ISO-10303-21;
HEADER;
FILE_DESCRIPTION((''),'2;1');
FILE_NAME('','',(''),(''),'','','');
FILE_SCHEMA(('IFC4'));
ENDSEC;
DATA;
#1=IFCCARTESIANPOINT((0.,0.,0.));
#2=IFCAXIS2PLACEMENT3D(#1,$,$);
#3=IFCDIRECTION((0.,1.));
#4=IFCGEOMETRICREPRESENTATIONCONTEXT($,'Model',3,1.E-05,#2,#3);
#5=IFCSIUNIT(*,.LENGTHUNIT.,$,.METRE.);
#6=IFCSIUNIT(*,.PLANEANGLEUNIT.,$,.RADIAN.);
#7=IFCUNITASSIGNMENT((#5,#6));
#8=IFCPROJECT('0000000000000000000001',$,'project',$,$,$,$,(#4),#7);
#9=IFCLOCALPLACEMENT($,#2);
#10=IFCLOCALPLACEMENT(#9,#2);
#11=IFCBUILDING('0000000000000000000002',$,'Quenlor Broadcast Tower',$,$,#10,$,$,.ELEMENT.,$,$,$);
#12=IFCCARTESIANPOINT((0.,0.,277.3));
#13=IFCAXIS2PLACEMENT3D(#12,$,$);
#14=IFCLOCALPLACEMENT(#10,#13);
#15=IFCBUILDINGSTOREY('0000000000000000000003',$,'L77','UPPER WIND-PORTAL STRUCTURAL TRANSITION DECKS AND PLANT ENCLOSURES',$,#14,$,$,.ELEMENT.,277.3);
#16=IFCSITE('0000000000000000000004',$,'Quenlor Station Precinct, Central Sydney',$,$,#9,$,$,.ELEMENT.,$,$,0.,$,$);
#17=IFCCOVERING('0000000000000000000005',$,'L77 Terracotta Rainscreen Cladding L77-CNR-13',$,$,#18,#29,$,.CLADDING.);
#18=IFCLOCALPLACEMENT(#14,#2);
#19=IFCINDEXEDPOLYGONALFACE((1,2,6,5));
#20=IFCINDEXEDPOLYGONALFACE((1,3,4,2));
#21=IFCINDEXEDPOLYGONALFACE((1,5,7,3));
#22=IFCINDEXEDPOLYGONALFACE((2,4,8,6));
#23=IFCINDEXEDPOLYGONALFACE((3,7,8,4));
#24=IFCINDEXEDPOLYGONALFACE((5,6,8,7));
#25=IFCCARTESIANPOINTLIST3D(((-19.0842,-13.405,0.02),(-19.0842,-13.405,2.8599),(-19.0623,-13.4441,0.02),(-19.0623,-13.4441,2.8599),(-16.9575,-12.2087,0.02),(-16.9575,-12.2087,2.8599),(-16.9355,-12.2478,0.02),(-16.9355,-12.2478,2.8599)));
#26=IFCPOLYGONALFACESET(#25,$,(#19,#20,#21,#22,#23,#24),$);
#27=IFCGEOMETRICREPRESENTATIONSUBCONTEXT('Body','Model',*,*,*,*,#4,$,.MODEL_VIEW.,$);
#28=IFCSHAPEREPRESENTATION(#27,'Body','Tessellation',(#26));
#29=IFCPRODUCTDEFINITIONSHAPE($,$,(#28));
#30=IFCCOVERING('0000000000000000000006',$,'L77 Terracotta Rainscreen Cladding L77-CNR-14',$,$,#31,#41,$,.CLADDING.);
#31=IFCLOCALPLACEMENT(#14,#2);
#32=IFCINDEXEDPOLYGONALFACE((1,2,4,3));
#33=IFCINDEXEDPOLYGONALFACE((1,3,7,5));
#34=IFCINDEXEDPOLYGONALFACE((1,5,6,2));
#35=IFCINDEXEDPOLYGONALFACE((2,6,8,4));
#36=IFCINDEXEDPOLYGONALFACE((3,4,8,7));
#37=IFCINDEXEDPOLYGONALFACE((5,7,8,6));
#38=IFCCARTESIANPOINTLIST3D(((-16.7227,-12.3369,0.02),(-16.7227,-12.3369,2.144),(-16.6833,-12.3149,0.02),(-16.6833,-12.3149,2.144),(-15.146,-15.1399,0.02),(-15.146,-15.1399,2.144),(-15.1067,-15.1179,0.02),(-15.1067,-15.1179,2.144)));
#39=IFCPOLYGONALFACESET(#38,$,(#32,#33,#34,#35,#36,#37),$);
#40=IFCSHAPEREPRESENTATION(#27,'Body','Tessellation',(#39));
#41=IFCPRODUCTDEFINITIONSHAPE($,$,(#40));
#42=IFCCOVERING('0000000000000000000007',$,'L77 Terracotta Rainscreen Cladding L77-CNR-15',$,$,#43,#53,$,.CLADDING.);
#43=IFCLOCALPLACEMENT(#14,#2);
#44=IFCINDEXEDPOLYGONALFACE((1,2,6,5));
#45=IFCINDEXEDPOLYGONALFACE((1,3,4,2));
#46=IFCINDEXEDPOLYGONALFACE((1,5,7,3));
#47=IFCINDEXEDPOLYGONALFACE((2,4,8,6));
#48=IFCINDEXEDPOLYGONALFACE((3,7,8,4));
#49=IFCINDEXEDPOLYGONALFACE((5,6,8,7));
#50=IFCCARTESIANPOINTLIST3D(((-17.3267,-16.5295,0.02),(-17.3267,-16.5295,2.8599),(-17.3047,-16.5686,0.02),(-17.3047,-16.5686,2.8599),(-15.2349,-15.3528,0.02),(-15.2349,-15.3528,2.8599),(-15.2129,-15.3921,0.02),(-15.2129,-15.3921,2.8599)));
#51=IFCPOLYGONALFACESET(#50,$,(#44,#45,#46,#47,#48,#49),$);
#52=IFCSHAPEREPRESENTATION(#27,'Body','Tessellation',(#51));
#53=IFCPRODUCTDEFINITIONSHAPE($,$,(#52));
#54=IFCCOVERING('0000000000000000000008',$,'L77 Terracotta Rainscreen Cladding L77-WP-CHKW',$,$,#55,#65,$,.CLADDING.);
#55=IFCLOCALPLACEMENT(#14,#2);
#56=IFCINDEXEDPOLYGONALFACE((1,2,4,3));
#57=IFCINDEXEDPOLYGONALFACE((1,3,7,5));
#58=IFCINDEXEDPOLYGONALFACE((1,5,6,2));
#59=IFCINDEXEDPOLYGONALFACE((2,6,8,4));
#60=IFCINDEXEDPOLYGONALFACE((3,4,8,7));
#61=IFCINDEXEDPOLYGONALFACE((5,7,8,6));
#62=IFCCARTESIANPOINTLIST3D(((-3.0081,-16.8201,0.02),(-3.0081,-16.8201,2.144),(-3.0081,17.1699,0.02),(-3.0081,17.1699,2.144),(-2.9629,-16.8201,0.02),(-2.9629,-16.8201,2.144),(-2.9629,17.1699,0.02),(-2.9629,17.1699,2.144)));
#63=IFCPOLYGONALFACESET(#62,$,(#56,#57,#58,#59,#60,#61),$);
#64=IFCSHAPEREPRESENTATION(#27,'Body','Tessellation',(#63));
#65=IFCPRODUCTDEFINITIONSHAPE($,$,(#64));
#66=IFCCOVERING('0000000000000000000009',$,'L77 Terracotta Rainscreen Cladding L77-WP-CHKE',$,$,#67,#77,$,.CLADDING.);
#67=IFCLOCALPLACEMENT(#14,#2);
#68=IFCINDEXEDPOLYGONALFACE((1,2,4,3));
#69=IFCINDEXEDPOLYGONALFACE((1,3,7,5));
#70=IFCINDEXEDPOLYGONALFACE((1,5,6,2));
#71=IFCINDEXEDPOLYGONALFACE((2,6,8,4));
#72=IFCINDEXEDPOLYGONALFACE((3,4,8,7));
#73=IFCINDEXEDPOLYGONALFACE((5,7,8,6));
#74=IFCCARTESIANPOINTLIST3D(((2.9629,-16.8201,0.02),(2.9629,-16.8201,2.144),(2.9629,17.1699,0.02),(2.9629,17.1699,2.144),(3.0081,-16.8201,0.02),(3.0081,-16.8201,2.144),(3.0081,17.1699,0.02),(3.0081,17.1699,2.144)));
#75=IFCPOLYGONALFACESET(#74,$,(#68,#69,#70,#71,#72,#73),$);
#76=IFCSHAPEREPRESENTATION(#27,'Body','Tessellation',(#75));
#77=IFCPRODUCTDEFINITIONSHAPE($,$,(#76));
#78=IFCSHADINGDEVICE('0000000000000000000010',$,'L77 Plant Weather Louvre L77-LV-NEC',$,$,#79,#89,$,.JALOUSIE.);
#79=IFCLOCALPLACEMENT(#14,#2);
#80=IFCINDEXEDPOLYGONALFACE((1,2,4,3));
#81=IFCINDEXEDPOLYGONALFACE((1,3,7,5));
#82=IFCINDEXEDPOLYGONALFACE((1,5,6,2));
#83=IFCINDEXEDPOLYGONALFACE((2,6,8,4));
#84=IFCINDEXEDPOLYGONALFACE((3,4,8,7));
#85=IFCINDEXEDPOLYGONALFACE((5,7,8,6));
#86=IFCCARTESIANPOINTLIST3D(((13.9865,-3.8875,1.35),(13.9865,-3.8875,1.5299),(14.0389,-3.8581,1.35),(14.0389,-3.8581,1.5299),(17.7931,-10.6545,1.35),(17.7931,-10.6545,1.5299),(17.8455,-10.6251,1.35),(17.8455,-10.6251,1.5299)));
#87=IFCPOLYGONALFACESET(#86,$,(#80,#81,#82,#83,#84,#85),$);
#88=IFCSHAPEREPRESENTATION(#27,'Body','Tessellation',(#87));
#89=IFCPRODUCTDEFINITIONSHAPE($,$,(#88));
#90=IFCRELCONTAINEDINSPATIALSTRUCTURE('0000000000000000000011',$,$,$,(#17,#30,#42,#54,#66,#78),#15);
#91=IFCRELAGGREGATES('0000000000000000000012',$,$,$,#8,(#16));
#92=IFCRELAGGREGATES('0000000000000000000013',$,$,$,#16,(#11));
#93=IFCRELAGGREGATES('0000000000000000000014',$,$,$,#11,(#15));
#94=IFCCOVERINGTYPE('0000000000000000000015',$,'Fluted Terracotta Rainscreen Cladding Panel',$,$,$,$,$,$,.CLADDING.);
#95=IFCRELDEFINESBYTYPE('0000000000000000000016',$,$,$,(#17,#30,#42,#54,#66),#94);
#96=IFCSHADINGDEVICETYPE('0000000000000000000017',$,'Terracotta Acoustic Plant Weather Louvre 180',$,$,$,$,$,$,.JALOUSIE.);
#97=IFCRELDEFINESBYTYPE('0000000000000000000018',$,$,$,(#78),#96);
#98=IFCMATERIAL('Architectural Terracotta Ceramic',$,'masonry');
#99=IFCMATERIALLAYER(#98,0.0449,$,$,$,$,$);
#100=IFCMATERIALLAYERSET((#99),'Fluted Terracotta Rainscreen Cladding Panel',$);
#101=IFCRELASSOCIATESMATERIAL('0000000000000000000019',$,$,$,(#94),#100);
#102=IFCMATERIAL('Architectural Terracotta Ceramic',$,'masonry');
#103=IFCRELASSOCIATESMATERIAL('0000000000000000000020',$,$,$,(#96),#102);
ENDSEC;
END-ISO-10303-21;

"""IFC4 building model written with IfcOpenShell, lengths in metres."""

from ifc_helpers import new_model, si_unit, direction, frame, origin, origin_2d, place, context, subcontext, project, spatial, polyline, rectangle, outline, extrude, material, layer, layer_set, material_profile, profile_set, type_object, element, save


model = new_model("IFC4")

# Units and contexts
model_context = context("Model", 3, precision=1e-05, world=origin(), true_north=direction((0.0, 1.0)))
body_context = subcontext(model_context, "Body", "Model", "MODEL_VIEW")
ifc_project = project(units=[si_unit("LENGTHUNIT", "METRE"), si_unit("PLANEANGLEUNIT", "RADIAN")], contexts=[model_context])

# Site, building, storey
site_placement = place(None, origin())
site = spatial("IfcSite", under=ifc_project, at=site_placement, Name="Quenlor Station Precinct, Central Sydney", CompositionType="ELEMENT", RefElevation=0.0)
building_placement = place(site_placement, origin())
building = spatial("IfcBuilding", under=site, at=building_placement, Name="Quenlor Broadcast Tower", CompositionType="ELEMENT")
storey_placement = place(building_placement, frame((0.0, 0.0, 277.3)))
storey = spatial("IfcBuildingStorey", under=building, at=storey_placement, Name="L77", Description="UPPER WIND-PORTAL STRUCTURAL TRANSITION DECKS AND PLANT ENCLOSURES", CompositionType="ELEMENT", Elevation=277.3)

# Coverings
ifc_material_1 = material(Name="Architectural Terracotta Ceramic", Category="masonry")
ifc_layer_1 = layer(ifc_material_1, 0.0449)
ifc_layer_set_1 = layer_set([ifc_layer_1], Name="Fluted Terracotta Rainscreen Cladding Panel")
covering_type = type_object("IfcCoveringType", Name="Fluted Terracotta Rainscreen Cladding Panel", PredefinedType="CLADDING", material=ifc_layer_set_1)
covering_1_placement = place(storey_placement, frame((0.0, 0.0, 0.02)))
element("IfcCovering", 1, at=covering_1_placement, inside=storey, type_object=covering_type, Name="L77 Terracotta Rainscreen Cladding L77-CNR-13", PredefinedType="CLADDING", context=body_context, shape_type="SweptSolid", body=[
    extrude(outline(polyline([(-19.0623, -13.4441), (-16.9355, -12.2478), (-16.9575, -12.2087), (-19.0842, -13.405), (-19.0623, -13.4441)])), origin(), (0.0, 0.0, 1.0), 2.8398),
])
covering_2_placement = place(storey_placement, frame((0.0, 0.0, 0.02)))
element("IfcCovering", 2, at=covering_2_placement, inside=storey, type_object=covering_type, Name="L77 Terracotta Rainscreen Cladding L77-CNR-14", PredefinedType="CLADDING", context=body_context, shape_type="SweptSolid", body=[
    extrude(outline(polyline([(-16.7227, -12.3369), (-15.146, -15.1399), (-15.1067, -15.1179), (-16.6833, -12.3149), (-16.7227, -12.3369)])), origin(), (0.0, 0.0, 1.0), 2.124),
])
covering_3_placement = place(storey_placement, frame((0.0, 0.0, 0.02)))
element("IfcCovering", 3, at=covering_3_placement, inside=storey, type_object=covering_type, Name="L77 Terracotta Rainscreen Cladding L77-CNR-15", PredefinedType="CLADDING", context=body_context, shape_type="SweptSolid", body=[
    extrude(outline(polyline([(-15.2349, -15.3528), (-17.3267, -16.5295), (-17.3047, -16.5686), (-15.2129, -15.3921), (-15.2349, -15.3528)])), origin(), (0.0, 0.0, 1.0), 2.8398),
])
covering_4_placement = place(storey_placement, frame((0.0, 0.0, 0.02)))
element("IfcCovering", 4, at=covering_4_placement, inside=storey, type_object=covering_type, Name="L77 Terracotta Rainscreen Cladding L77-WP-CHKW", PredefinedType="CLADDING", context=body_context, shape_type="SweptSolid", body=[
    extrude(outline(polyline([(-3.0081, 17.1699), (-3.0081, -16.8201), (-2.9629, -16.8201), (-2.9629, 17.1699), (-3.0081, 17.1699)])), origin(), (0.0, 0.0, 1.0), 2.124),
])
covering_5_placement = place(storey_placement, frame((0.0, 0.0, 0.02)))
element("IfcCovering", 5, at=covering_5_placement, inside=storey, type_object=covering_type, Name="L77 Terracotta Rainscreen Cladding L77-WP-CHKE", PredefinedType="CLADDING", context=body_context, shape_type="SweptSolid", body=[
    extrude(outline(polyline([(3.0081, -16.8201), (3.0081, 17.1699), (2.9629, 17.1699), (2.9629, -16.8201), (3.0081, -16.8201)])), origin(), (0.0, 0.0, 1.0), 2.124),
])

# Shading device
ifc_material_2 = material(Name="Architectural Terracotta Ceramic", Category="masonry")
ifc_material_profile_1 = material_profile(ifc_material_2, rectangle(XDim=0.0601, YDim=0.1799, at=origin_2d()))
ifc_profile_set_1 = profile_set([ifc_material_profile_1], Name="Architectural Terracotta Ceramic LVR60x180")
shading_device_type = type_object("IfcShadingDeviceType", Name="Terracotta Acoustic Plant Weather Louvre 180", PredefinedType="JALOUSIE", material=ifc_profile_set_1)
shading_device_placement = place(storey_placement, frame((14.0127, -3.8728, 1.4399), z_axis=(0.490276, -0.871567, 0.0), x_axis=(0.871567, 0.490276, 0.0)))
element("IfcShadingDevice", 6, at=shading_device_placement, inside=storey, type_object=shading_device_type, Name="L77 Plant Weather Louvre L77-LV-NEC", PredefinedType="JALOUSIE", context=body_context, shape_type="SweptSolid", body=[
    extrude(rectangle(XDim=0.0601, YDim=0.1799, at=origin_2d()), origin(), (0.0, 0.0, 1.0), 7.7642),
])

save(model, "model.ifc")
